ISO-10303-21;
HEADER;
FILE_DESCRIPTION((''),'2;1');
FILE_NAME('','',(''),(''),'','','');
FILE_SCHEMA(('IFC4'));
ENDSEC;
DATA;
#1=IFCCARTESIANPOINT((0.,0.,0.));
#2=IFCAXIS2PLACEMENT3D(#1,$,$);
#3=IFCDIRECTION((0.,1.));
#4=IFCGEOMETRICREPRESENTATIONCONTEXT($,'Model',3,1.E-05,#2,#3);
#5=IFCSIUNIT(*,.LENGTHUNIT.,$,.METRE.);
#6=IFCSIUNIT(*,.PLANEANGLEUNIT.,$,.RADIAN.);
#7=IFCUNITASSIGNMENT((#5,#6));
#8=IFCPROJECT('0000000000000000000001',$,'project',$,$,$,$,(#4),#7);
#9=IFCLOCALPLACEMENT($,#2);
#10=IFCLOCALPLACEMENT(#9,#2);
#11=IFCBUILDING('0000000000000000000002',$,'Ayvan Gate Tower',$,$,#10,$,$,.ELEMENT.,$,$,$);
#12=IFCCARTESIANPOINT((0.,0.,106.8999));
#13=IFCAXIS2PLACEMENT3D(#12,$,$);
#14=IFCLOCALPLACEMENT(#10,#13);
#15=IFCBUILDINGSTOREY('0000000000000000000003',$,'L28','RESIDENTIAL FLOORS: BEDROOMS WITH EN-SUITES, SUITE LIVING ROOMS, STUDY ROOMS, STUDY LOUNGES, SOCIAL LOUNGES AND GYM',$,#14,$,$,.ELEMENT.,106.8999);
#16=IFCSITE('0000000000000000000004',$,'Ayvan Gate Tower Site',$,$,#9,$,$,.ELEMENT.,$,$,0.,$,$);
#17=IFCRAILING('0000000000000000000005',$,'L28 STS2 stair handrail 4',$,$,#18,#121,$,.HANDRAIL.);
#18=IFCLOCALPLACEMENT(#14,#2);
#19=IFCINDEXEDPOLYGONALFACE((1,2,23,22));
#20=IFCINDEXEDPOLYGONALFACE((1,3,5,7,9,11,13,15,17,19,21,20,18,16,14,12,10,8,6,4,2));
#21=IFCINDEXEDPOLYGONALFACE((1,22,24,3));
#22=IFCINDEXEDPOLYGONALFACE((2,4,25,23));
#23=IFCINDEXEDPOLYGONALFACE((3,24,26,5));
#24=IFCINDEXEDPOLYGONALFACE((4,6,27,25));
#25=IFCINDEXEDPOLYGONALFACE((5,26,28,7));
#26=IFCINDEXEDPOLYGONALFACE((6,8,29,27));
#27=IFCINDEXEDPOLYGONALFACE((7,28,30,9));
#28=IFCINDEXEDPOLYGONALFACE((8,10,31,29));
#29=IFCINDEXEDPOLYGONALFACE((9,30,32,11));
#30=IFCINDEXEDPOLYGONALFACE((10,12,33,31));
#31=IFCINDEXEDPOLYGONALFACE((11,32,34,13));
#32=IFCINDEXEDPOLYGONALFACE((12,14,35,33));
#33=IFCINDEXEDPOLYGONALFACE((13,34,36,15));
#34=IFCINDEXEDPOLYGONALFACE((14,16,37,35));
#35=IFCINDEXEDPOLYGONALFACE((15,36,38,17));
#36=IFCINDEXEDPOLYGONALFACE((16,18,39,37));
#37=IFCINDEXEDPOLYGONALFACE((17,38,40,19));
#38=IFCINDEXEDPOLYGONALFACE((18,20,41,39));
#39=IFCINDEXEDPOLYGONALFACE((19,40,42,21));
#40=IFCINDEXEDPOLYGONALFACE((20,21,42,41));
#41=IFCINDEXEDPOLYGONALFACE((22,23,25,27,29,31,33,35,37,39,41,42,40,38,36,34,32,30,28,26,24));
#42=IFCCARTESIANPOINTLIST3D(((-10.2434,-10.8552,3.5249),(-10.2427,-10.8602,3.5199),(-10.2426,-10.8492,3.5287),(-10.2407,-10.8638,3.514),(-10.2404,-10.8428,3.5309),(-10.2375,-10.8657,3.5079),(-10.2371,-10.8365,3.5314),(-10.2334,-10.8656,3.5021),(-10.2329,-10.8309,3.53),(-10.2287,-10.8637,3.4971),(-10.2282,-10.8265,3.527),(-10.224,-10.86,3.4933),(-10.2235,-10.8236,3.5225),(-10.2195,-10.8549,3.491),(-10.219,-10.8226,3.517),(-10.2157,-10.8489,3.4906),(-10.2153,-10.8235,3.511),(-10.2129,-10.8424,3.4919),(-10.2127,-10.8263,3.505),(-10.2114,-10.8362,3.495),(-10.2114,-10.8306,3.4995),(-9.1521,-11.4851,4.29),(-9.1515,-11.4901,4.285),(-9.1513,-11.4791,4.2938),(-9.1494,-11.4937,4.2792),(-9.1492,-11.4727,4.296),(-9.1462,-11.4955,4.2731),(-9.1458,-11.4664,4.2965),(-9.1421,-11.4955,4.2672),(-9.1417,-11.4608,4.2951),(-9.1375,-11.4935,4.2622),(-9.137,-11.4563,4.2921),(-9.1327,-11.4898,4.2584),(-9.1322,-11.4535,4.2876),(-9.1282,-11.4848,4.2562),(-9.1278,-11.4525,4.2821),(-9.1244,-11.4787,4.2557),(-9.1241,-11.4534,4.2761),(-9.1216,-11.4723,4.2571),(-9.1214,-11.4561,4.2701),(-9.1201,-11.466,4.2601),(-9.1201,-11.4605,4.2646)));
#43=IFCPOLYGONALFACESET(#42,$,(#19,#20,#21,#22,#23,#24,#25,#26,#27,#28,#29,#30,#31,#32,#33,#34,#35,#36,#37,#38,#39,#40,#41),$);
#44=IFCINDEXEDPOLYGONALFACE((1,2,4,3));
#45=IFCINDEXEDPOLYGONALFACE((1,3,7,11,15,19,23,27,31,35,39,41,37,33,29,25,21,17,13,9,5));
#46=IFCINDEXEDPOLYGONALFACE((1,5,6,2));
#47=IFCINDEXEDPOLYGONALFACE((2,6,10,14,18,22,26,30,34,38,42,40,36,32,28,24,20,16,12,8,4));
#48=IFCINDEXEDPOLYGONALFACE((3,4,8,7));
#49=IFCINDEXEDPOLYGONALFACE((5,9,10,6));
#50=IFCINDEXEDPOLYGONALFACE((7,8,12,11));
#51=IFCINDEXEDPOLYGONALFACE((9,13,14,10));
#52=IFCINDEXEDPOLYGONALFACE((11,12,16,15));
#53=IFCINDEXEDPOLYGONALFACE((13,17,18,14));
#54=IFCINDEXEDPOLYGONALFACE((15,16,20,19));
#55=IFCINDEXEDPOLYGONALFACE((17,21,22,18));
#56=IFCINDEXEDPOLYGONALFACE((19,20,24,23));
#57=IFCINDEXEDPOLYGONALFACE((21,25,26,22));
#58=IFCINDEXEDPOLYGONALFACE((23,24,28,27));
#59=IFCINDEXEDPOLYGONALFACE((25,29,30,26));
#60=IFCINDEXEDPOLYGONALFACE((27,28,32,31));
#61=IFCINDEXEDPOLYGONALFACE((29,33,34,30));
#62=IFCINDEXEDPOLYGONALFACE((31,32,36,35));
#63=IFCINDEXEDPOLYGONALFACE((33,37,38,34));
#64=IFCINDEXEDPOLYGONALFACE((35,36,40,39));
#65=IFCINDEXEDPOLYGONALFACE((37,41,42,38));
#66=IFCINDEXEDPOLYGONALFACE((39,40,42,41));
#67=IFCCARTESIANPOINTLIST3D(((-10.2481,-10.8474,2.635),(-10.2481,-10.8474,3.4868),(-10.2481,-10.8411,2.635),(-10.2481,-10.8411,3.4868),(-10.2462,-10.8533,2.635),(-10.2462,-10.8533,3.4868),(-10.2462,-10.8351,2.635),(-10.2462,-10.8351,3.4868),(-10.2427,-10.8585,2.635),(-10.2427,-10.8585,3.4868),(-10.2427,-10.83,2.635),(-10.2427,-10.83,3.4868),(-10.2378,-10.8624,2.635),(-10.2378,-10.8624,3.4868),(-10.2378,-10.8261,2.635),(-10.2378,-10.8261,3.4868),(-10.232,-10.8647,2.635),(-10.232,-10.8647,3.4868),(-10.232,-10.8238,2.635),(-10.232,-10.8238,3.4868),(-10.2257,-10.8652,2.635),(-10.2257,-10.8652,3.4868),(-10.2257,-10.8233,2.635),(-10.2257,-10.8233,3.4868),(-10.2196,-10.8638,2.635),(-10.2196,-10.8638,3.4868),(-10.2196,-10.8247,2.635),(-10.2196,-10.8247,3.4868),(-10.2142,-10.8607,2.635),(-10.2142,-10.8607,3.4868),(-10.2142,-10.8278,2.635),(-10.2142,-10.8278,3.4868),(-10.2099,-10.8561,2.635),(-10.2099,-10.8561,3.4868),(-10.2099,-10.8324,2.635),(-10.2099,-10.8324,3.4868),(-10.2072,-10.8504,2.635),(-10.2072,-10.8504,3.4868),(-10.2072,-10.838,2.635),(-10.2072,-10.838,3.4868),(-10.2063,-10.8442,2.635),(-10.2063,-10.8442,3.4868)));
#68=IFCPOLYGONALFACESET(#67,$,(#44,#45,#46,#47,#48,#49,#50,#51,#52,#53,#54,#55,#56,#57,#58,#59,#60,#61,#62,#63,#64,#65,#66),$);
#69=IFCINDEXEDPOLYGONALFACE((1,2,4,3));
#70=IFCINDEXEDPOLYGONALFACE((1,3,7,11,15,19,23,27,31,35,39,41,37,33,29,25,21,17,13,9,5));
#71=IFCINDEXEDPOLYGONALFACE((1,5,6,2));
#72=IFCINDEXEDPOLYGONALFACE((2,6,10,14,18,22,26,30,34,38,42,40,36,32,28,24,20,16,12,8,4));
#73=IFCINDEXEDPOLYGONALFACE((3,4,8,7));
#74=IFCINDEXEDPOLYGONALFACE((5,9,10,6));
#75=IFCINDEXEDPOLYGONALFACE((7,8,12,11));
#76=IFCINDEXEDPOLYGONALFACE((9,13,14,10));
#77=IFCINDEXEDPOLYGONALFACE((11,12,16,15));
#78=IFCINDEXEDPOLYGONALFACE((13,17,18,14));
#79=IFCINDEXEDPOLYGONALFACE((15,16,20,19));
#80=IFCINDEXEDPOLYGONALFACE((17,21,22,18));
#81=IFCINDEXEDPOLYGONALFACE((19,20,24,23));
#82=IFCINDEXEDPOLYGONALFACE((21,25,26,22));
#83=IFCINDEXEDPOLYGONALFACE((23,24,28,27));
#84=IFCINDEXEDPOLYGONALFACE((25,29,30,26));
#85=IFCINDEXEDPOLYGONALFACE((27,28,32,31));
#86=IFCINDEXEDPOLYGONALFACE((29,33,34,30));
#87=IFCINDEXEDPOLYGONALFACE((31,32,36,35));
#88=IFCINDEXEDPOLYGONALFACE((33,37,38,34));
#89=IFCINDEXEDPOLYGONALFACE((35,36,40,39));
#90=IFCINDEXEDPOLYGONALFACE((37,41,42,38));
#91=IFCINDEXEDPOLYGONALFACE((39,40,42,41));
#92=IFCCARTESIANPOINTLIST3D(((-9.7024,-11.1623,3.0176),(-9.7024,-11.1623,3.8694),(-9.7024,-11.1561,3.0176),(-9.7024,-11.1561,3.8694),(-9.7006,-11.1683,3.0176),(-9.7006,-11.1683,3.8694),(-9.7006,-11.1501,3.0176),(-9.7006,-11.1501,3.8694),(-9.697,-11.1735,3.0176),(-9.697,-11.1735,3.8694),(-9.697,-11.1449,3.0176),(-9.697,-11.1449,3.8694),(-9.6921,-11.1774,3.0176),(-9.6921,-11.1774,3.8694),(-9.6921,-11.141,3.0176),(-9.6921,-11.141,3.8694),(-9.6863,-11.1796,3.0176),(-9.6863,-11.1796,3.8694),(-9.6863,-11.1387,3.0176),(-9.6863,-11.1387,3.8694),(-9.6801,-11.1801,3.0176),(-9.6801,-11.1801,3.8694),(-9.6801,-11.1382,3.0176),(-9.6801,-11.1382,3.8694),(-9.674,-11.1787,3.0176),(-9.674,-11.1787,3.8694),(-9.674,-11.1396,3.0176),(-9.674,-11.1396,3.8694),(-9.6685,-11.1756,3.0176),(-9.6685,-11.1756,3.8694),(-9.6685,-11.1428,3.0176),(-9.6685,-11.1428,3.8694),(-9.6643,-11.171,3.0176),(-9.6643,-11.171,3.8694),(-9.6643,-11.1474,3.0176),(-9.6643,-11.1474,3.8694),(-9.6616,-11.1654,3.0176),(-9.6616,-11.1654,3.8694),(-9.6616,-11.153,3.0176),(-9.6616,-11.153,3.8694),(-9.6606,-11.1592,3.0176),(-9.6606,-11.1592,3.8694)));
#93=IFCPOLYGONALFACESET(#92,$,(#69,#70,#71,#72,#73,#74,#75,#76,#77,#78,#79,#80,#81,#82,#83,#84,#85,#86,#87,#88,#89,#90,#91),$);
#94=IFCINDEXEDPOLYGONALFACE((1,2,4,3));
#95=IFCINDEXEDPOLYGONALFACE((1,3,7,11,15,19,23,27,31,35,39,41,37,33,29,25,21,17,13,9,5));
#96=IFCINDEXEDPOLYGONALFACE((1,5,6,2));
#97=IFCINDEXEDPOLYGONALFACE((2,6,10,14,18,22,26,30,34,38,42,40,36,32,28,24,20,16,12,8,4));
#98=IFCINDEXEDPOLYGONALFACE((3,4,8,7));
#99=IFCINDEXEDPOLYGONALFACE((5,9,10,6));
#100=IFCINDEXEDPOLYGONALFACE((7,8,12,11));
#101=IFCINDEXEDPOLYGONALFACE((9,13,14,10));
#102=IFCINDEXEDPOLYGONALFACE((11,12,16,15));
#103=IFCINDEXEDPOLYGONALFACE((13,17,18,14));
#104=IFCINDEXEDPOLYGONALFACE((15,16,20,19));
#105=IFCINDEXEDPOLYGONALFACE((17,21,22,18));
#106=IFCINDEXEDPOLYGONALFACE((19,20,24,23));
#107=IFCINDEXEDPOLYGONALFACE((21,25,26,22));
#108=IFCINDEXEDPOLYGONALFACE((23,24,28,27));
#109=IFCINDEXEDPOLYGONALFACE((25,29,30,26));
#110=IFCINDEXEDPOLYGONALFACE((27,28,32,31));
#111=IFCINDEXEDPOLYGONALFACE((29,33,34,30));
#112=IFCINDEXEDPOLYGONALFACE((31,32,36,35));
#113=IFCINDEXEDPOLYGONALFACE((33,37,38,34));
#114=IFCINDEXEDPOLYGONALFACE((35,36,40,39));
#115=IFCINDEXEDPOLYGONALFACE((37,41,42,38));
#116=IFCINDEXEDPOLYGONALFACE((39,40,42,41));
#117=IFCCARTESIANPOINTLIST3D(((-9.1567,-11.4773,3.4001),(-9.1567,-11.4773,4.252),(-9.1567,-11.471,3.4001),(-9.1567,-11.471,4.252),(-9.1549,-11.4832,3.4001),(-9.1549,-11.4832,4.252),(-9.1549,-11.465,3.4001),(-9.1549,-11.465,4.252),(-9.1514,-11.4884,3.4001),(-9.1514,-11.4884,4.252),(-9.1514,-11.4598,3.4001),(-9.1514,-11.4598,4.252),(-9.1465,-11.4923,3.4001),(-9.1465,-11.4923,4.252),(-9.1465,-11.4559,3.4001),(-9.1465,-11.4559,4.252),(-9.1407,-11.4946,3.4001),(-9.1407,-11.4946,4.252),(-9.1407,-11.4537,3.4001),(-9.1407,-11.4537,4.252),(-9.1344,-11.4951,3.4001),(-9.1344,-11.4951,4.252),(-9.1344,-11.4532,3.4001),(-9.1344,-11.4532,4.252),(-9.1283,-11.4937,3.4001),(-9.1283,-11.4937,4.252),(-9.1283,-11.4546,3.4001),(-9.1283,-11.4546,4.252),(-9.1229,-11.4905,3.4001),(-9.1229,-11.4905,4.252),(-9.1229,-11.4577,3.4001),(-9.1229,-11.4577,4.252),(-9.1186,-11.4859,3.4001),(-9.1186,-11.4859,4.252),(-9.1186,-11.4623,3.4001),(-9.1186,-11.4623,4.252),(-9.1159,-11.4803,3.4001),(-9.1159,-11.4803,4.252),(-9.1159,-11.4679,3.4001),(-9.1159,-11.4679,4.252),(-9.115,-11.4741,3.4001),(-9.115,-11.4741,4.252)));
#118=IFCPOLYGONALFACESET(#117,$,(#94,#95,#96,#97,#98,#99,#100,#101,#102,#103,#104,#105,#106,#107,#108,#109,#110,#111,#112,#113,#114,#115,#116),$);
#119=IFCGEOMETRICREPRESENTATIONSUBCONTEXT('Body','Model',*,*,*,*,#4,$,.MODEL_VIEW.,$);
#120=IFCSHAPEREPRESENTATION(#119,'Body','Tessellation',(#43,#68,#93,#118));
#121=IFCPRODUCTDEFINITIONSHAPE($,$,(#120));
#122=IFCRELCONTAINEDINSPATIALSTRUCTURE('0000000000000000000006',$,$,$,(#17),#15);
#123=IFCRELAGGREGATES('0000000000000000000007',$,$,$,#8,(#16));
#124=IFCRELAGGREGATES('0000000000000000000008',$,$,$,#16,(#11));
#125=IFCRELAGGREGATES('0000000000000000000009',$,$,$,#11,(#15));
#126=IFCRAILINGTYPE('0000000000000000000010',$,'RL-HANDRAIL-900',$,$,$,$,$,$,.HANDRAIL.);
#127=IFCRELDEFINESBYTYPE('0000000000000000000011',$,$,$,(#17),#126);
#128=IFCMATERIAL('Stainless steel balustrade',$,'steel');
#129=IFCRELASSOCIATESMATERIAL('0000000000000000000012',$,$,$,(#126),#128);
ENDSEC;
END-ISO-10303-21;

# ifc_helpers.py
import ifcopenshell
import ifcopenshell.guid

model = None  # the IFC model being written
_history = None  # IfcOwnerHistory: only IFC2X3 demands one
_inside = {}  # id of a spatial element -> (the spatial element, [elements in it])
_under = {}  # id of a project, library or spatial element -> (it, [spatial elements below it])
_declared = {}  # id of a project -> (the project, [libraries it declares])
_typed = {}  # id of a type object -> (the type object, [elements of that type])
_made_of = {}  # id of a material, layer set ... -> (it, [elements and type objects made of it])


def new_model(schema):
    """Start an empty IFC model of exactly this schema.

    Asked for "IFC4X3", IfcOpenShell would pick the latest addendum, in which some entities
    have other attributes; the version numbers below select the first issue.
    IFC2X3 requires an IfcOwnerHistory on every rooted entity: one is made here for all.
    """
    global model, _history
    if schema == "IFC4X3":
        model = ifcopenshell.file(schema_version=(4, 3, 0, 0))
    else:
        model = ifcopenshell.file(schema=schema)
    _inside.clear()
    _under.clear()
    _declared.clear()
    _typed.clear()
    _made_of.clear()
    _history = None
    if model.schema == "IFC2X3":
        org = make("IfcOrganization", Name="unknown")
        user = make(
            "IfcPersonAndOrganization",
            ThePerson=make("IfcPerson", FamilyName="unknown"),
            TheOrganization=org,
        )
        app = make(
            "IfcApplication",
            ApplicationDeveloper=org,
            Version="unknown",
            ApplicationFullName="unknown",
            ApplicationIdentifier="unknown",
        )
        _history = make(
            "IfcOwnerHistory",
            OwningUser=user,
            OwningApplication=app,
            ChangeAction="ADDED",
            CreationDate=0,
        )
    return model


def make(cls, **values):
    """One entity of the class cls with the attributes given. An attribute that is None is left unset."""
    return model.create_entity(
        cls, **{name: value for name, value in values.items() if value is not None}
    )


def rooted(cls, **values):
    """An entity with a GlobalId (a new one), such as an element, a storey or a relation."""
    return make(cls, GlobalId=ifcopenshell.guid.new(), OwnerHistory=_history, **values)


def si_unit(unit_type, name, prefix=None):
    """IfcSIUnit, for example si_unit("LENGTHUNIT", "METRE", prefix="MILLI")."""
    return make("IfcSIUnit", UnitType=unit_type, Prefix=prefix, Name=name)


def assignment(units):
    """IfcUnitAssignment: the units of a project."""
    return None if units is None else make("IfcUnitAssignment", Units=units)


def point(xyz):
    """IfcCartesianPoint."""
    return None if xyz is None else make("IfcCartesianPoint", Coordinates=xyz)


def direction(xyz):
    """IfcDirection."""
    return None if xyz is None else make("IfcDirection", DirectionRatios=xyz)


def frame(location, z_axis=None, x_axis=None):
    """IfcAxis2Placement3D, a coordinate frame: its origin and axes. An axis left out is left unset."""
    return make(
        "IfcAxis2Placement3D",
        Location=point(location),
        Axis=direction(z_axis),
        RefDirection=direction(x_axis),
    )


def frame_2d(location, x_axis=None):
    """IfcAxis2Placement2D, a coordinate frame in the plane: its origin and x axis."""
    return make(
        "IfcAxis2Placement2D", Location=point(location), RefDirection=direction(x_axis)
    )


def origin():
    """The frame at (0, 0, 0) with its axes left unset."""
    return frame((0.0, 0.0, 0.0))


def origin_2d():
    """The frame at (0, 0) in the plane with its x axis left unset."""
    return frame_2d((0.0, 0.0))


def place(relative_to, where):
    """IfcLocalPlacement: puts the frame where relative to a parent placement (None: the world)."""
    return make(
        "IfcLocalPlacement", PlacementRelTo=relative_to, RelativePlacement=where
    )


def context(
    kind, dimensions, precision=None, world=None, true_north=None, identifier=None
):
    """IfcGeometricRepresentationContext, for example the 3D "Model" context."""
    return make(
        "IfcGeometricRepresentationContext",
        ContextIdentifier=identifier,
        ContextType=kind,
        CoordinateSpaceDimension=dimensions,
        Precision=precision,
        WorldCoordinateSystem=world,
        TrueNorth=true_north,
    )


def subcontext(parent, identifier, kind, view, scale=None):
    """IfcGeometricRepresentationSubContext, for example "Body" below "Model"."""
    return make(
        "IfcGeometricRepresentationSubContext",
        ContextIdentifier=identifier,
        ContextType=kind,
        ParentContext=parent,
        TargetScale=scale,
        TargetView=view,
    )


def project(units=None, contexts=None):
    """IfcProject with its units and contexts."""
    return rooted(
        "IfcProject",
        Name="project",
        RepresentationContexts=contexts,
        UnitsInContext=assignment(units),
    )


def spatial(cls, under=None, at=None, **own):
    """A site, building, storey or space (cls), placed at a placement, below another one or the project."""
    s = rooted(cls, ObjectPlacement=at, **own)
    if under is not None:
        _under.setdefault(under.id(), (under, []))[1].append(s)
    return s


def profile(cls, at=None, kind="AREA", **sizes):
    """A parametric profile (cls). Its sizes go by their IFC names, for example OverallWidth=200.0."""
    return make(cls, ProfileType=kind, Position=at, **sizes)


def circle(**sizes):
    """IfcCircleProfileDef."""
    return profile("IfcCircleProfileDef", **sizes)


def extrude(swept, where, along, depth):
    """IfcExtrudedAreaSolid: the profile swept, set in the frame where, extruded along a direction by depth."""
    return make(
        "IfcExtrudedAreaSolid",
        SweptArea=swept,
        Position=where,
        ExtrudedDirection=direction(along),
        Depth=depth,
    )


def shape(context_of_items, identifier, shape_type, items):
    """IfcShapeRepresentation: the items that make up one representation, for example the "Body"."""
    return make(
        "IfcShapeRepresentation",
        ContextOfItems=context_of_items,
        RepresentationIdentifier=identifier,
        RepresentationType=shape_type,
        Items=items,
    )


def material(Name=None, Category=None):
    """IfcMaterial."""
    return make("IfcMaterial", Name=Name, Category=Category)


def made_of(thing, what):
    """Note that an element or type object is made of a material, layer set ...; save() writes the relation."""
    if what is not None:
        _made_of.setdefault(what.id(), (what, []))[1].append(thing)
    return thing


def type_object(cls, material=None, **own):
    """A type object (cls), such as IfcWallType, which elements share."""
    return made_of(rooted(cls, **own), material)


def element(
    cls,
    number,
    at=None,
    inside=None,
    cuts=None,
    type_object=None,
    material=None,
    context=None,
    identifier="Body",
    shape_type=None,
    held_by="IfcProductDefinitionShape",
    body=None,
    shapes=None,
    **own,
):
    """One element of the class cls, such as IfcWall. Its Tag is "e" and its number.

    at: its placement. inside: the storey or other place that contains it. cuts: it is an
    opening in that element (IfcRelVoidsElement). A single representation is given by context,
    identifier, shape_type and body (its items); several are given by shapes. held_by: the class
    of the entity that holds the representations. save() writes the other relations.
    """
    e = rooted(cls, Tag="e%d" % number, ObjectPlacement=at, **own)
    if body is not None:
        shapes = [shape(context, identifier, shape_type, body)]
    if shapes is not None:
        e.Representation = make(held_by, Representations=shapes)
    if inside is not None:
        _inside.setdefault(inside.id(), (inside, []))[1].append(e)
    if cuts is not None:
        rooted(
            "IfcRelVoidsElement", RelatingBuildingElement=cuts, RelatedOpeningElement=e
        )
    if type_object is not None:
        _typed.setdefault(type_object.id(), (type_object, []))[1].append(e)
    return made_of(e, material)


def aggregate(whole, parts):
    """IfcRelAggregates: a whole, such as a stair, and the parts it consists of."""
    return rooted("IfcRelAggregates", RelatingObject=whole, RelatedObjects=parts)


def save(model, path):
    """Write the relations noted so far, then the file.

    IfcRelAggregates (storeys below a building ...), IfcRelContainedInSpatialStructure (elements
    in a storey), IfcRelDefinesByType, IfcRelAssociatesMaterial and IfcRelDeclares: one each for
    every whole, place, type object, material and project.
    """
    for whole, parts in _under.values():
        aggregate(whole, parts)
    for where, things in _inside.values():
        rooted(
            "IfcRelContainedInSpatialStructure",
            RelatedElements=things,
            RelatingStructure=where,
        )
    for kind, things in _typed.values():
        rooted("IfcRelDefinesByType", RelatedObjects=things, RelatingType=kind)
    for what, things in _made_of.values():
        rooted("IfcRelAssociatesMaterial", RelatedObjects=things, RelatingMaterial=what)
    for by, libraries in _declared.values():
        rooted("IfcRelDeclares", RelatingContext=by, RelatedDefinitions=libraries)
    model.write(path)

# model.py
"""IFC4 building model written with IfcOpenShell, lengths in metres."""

from ifc_helpers import new_model, si_unit, direction, frame, origin, origin_2d, place, context, subcontext, project, spatial, circle, extrude, material, type_object, element, save


model = new_model("IFC4")

# Units and contexts
model_context = context("Model", 3, precision=1e-05, world=origin(), true_north=direction((0.0, 1.0)))
body_context = subcontext(model_context, "Body", "Model", "MODEL_VIEW")
ifc_project = project(units=[si_unit("LENGTHUNIT", "METRE"), si_unit("PLANEANGLEUNIT", "RADIAN")], contexts=[model_context])

# Site, building, storey
site_placement = place(None, origin())
site = spatial("IfcSite", under=ifc_project, at=site_placement, Name="Ayvan Gate Tower Site", CompositionType="ELEMENT", RefElevation=0.0)
building_placement = place(site_placement, origin())
building = spatial("IfcBuilding", under=site, at=building_placement, Name="Ayvan Gate Tower", CompositionType="ELEMENT")
storey_placement = place(building_placement, frame((0.0, 0.0, 106.8999)))
storey = spatial("IfcBuildingStorey", under=building, at=storey_placement, Name="L28", Description="RESIDENTIAL FLOORS: BEDROOMS WITH EN-SUITES, SUITE LIVING ROOMS, STUDY ROOMS, STUDY LOUNGES, SOCIAL LOUNGES AND GYM", CompositionType="ELEMENT", Elevation=106.8999)

# Railing
ifc_material_1 = material(Name="Stainless steel balustrade", Category="steel")
railing_type_1 = type_object("IfcRailingType", Name="RL-HANDRAIL-900", PredefinedType="HANDRAIL", material=ifc_material_1)
railing_1_placement = place(storey_placement, frame((-10.2273, -10.8442, 2.635)))
element("IfcRailing", 1, at=railing_1_placement, inside=storey, type_object=railing_type_1, Name="L28 STS2 stair handrail 4", PredefinedType="HANDRAIL", context=body_context, shape_type="SweptSolid", body=[
    extrude(circle(Radius=0.0239, at=origin_2d()), frame((0.0, 0.0, 0.876), z_axis=(0.740293, -0.427283, 0.519033), x_axis=(0.49989, 0.866089, 0.0)), (0.0, 0.0, 1.0), 1.4741),
    extrude(circle(Radius=0.021, at=origin_2d()), origin(), (0.0, 0.0, 1.0), 0.8518),
    extrude(circle(Radius=0.021, at=origin_2d()), frame((0.5457, -0.3149, 0.3826)), (0.0, 0.0, 1.0), 0.8518),
    extrude(circle(Radius=0.021, at=origin_2d()), frame((1.0913, -0.6299, 0.7651)), (0.0, 0.0, 1.0), 0.8518),
])

save(model, "model.ifc")
